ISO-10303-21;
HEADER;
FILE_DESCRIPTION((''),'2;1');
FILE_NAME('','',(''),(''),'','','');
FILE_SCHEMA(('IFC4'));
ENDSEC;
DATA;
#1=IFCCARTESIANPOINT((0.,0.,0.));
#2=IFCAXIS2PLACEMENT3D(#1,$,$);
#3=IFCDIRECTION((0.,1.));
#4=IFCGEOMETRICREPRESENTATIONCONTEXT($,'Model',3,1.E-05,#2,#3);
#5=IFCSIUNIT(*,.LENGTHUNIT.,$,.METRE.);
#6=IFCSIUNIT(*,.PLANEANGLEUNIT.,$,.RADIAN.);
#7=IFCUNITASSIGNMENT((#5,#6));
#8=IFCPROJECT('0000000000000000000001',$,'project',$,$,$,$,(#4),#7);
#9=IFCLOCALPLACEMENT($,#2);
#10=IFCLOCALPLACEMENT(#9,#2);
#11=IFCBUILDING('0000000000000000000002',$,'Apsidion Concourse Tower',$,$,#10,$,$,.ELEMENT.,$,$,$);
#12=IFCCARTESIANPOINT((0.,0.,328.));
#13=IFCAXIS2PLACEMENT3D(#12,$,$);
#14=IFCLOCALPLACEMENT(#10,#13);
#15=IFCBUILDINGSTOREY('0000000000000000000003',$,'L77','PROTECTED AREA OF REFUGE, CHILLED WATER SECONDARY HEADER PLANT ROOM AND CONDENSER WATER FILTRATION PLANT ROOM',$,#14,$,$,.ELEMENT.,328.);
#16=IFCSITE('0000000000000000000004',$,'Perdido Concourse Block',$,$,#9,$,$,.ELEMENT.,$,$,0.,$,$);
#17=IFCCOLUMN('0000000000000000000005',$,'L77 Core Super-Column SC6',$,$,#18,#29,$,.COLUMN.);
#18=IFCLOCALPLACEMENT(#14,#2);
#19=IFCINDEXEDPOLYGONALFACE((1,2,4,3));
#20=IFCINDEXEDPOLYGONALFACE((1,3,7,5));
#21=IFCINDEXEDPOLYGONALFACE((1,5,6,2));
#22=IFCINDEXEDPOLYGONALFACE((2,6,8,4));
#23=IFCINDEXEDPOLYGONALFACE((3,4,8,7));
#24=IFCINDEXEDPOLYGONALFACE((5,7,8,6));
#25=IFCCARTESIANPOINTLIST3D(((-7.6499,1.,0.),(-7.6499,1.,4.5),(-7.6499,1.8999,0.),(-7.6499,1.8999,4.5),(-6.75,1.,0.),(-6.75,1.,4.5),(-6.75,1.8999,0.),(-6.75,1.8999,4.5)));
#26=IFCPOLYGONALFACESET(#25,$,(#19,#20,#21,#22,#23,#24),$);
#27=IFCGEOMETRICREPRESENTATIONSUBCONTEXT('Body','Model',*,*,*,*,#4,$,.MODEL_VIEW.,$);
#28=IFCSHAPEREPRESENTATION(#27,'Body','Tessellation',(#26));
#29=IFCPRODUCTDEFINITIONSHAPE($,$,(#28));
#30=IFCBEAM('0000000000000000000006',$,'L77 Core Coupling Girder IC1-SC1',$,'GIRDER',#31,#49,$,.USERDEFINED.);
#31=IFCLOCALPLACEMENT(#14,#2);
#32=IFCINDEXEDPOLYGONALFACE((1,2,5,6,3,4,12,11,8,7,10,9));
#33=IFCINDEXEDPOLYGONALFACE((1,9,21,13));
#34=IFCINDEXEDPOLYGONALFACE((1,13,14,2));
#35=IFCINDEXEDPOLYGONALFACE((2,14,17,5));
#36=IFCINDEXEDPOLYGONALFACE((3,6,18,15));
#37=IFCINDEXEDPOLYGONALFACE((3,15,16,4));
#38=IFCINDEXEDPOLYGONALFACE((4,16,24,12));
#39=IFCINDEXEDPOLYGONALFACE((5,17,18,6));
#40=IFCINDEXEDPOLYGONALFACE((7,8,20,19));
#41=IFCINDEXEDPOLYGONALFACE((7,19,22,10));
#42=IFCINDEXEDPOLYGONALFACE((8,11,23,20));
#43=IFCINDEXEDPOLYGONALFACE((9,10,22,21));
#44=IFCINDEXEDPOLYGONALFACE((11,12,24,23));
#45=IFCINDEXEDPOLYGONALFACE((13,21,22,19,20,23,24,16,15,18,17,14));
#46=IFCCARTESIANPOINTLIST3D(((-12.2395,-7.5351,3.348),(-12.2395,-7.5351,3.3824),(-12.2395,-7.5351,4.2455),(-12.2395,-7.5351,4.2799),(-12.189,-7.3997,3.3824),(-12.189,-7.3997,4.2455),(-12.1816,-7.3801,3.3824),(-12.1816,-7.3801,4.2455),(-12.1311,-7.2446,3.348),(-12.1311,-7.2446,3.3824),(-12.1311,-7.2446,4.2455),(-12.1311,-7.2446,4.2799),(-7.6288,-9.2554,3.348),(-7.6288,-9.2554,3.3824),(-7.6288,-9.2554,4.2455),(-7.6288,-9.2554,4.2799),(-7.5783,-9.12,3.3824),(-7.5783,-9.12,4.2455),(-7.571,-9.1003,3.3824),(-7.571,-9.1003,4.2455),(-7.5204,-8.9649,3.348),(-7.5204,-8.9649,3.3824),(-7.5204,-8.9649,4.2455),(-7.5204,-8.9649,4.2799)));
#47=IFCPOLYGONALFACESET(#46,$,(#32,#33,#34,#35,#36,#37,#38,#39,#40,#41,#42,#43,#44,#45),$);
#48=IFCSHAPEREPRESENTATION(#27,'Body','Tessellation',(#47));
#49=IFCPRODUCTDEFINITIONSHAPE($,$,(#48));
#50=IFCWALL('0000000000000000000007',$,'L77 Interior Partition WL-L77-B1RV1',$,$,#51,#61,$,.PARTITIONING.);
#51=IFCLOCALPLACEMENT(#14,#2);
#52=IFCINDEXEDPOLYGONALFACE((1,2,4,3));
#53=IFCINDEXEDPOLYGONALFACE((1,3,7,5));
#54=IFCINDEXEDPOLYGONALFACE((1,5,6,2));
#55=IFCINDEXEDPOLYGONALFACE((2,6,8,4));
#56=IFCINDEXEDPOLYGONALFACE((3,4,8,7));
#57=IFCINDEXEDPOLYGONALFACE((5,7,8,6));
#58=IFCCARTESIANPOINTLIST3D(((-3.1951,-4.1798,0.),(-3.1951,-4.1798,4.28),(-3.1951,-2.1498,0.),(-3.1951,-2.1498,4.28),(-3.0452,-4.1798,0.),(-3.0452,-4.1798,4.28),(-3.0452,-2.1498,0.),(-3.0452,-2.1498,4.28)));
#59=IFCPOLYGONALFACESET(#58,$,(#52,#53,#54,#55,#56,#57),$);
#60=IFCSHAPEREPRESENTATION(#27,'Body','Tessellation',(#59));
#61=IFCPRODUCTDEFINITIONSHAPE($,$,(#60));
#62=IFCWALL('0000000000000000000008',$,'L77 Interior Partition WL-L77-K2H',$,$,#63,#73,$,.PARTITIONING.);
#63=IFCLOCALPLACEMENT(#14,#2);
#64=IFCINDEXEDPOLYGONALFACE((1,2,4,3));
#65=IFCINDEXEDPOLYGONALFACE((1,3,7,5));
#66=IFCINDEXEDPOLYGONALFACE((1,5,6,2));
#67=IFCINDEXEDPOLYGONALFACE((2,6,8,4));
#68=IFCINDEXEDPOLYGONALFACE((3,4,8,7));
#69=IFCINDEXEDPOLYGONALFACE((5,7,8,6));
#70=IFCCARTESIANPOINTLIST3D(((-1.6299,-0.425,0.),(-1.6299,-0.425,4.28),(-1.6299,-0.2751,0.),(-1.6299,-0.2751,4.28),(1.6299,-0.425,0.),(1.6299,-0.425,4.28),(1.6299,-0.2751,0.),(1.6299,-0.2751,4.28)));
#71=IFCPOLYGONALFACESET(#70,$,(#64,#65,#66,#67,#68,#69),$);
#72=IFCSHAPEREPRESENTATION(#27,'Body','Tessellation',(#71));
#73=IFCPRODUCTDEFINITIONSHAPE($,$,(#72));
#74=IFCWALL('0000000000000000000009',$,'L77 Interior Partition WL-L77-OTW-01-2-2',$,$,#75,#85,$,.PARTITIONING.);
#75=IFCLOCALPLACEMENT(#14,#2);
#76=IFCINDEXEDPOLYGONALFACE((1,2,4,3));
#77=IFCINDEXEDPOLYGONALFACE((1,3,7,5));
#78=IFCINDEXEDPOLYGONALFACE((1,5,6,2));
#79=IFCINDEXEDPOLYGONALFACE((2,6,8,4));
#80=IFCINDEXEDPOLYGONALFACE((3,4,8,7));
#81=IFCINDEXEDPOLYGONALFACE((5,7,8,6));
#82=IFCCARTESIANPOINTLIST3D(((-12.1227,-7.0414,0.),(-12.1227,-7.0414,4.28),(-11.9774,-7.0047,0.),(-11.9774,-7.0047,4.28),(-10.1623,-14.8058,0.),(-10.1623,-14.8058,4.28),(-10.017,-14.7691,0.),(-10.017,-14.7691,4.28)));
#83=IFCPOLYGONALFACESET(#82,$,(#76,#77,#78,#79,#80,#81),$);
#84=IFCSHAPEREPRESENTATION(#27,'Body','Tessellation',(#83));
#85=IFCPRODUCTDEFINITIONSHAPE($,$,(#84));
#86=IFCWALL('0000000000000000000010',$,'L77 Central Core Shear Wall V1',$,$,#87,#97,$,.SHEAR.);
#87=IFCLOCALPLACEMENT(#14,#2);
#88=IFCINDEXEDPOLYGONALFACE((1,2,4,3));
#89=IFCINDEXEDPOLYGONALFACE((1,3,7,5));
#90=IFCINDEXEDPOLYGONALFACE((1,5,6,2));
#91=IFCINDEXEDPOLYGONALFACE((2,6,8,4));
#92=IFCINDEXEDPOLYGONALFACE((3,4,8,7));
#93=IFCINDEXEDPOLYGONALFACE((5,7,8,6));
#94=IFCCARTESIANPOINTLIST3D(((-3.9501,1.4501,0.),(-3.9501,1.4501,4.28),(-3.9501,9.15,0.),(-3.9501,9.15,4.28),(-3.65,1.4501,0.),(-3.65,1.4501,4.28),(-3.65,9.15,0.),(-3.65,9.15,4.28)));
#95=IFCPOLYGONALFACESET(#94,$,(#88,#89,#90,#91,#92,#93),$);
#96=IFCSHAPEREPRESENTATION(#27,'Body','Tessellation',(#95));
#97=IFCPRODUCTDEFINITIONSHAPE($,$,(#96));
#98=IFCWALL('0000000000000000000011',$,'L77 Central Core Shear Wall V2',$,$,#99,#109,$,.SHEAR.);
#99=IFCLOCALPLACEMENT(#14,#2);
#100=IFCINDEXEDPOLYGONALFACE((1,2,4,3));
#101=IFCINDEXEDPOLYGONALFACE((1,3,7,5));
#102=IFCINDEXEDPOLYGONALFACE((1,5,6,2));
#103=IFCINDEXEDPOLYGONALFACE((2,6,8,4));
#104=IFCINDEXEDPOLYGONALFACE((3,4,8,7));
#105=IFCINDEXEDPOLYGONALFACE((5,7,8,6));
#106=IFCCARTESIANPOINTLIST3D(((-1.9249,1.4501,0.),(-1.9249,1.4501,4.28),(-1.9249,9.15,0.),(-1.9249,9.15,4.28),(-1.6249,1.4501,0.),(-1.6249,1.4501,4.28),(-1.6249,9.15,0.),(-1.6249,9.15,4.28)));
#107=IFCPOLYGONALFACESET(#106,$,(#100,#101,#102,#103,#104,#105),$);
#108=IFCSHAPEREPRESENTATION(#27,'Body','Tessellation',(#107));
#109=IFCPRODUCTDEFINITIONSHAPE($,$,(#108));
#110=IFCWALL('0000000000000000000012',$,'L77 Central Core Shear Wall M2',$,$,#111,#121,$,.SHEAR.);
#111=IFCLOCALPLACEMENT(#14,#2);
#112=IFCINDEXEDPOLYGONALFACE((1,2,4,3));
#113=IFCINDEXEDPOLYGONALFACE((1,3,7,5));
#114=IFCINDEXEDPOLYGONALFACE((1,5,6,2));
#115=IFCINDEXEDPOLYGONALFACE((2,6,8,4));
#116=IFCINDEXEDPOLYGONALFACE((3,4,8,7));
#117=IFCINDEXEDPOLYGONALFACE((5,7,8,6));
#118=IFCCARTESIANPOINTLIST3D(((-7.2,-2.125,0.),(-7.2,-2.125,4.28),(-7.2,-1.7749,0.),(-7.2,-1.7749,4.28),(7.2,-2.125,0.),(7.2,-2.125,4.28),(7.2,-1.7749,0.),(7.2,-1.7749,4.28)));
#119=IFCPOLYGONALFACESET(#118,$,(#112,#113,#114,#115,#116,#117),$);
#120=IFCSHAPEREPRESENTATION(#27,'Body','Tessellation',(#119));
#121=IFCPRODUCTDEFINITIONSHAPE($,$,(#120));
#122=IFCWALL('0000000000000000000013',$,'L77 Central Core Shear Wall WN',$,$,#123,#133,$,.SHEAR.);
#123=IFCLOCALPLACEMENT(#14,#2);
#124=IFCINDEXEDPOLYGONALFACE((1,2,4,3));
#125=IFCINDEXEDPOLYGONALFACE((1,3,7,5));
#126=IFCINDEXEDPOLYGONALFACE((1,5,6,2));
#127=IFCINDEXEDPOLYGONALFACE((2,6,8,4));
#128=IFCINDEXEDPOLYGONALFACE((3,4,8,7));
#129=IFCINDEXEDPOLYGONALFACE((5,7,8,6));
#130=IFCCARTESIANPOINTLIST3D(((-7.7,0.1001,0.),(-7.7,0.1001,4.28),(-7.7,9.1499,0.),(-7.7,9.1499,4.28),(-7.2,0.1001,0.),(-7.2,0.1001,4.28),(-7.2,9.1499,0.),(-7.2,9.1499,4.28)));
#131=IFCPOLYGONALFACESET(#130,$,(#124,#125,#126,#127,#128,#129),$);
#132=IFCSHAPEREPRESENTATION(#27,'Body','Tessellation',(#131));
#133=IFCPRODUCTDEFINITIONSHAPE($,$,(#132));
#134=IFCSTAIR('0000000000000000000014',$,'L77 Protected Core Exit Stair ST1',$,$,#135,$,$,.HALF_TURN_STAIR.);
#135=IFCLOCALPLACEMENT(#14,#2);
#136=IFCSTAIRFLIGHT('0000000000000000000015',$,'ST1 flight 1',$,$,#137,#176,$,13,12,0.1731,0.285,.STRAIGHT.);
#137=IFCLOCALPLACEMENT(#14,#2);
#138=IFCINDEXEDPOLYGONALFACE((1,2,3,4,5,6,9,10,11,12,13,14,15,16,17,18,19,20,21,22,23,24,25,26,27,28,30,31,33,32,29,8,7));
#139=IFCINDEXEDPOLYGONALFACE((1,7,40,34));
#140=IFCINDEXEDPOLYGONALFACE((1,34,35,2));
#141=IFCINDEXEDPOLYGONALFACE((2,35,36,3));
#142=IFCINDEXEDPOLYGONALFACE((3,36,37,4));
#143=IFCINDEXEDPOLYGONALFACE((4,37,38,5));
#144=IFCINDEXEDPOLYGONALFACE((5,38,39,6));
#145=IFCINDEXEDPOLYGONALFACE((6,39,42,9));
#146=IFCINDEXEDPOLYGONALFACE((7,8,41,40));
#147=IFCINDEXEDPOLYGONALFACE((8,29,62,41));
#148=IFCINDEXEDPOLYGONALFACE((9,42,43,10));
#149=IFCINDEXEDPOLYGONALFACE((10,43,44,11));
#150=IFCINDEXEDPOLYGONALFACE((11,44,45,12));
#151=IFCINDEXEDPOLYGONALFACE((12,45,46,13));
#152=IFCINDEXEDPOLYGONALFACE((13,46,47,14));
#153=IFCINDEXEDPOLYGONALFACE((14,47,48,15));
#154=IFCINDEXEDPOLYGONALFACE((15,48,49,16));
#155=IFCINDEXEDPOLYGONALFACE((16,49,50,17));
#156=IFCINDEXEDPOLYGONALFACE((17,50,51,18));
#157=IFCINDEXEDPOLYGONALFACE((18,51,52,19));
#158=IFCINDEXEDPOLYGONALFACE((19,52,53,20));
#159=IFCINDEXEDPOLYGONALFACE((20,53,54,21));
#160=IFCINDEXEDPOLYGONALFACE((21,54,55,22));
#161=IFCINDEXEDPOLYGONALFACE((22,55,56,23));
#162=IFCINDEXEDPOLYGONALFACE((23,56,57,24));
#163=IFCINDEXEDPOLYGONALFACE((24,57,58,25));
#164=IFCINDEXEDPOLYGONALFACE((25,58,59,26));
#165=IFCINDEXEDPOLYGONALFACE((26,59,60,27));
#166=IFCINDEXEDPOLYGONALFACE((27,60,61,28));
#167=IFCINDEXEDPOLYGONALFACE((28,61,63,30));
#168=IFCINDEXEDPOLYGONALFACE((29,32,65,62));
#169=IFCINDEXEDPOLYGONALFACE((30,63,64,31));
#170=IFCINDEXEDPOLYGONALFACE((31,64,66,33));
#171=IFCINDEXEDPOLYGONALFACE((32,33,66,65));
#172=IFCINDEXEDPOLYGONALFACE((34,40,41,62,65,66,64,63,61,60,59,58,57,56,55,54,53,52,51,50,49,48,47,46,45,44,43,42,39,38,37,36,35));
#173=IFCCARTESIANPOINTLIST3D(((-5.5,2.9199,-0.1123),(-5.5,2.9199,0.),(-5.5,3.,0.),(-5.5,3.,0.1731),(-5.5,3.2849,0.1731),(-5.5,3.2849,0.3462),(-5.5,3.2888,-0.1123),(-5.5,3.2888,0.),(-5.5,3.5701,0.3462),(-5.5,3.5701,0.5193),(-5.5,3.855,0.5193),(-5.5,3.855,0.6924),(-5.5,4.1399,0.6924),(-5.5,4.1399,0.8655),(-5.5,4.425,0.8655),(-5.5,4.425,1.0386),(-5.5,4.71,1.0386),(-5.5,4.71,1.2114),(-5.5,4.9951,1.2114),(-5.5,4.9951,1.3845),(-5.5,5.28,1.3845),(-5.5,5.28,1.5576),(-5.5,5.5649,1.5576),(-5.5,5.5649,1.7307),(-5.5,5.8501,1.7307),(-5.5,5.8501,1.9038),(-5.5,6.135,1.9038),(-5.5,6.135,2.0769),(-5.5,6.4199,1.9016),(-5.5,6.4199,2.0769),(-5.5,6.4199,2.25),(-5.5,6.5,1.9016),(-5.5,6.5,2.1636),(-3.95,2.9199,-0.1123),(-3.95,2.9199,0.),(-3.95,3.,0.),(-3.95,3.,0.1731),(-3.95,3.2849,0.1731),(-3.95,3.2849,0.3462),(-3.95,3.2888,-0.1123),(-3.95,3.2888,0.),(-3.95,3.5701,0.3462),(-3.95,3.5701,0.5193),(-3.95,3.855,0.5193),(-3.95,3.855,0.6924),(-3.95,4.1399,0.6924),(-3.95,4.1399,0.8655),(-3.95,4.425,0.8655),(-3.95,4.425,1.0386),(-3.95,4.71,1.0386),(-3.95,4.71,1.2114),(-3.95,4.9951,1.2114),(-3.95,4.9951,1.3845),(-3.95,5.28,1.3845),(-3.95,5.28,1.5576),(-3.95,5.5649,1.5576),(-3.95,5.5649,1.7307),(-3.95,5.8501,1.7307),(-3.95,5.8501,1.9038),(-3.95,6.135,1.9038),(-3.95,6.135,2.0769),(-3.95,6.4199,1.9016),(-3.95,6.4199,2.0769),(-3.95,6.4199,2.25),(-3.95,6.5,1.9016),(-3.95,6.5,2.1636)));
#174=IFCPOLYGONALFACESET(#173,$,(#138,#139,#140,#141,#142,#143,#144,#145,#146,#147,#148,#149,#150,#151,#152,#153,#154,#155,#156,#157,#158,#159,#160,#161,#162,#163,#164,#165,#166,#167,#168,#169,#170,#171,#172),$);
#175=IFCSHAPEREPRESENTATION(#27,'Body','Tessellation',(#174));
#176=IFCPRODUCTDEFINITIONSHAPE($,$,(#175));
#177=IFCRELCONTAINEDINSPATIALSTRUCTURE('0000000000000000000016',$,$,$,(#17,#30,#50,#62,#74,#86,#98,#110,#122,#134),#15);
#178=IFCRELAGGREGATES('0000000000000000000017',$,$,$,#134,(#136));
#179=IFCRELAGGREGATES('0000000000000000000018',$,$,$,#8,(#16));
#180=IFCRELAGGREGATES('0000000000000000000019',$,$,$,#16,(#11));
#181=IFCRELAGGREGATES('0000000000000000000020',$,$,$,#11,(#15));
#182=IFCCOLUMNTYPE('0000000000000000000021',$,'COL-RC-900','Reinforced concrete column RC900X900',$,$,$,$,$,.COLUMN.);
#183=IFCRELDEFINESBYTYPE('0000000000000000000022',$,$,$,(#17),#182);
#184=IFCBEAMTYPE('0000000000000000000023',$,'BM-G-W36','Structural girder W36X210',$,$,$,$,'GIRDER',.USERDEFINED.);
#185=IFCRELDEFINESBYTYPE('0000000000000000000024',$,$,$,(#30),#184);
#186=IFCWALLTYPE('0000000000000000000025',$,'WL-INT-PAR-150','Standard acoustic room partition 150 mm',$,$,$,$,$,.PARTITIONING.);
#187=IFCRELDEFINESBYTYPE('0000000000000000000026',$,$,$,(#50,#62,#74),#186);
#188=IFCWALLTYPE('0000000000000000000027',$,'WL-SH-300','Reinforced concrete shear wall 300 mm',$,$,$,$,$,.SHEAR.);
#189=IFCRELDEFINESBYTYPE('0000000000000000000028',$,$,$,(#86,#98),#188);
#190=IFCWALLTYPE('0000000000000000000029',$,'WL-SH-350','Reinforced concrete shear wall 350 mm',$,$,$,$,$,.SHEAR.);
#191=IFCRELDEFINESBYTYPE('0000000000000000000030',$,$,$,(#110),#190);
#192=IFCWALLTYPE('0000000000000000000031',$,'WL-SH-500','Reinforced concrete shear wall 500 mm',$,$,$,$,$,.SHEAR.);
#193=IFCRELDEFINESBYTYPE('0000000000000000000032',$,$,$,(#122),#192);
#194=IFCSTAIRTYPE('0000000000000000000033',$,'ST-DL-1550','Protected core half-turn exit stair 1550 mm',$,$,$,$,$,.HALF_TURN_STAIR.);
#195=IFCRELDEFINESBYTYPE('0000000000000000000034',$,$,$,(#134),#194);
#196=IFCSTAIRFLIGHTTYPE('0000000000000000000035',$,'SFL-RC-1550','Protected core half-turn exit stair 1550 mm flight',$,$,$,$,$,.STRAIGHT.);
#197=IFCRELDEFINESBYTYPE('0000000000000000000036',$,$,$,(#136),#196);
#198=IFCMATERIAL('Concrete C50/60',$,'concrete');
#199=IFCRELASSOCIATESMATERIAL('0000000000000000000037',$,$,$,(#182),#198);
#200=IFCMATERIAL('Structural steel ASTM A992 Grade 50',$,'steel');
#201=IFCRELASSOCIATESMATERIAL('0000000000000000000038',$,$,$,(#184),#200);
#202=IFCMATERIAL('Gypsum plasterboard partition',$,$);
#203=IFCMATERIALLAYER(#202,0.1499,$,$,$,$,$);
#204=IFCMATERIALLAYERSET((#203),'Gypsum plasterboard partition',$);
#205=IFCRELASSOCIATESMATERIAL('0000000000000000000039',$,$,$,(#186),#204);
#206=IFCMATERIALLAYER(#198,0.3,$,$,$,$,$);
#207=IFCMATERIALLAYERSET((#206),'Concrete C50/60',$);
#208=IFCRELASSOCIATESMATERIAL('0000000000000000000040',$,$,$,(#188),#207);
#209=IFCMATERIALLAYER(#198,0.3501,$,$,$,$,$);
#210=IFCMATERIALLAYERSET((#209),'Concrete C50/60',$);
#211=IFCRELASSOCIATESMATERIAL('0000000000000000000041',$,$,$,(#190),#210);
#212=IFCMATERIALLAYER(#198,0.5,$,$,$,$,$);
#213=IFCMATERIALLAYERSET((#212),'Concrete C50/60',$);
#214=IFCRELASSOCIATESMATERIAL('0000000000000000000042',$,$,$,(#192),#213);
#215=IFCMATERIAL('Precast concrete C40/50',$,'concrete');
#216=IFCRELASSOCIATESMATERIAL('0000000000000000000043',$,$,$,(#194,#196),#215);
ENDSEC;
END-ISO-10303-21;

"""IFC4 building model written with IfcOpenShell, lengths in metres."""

from ifc_helpers import new_model, si_unit, direction, frame, frame_2d, origin, origin_2d, place, context, subcontext, project, spatial, polyline, rectangle, i_section, outline, extrude, material, layer, layer_set, material_profile, profile_set, type_object, element, aggregate, save


model = new_model("IFC4")

# Units and contexts
model_context = context("Model", 3, precision=1e-05, world=origin(), true_north=direction((0.0, 1.0)))
body_context = subcontext(model_context, "Body", "Model", "MODEL_VIEW")
ifc_project = project(units=[si_unit("LENGTHUNIT", "METRE"), si_unit("PLANEANGLEUNIT", "RADIAN")], contexts=[model_context])

# Site, building, storey
site_placement = place(None, origin())
site = spatial("IfcSite", under=ifc_project, at=site_placement, Name="Perdido Concourse Block", CompositionType="ELEMENT", RefElevation=0.0)
building_placement = place(site_placement, origin())
building = spatial("IfcBuilding", under=site, at=building_placement, Name="Apsidion Concourse Tower", CompositionType="ELEMENT")
storey_placement = place(building_placement, frame((0.0, 0.0, 328.0)))
storey = spatial("IfcBuildingStorey", under=building, at=storey_placement, Name="L77", Description="PROTECTED AREA OF REFUGE, CHILLED WATER SECONDARY HEADER PLANT ROOM AND CONDENSER WATER FILTRATION PLANT ROOM", CompositionType="ELEMENT", Elevation=328.0)

# Column
ifc_material_1 = material(Name="Concrete C50/60", Category="concrete")
ifc_material_profile_1 = material_profile(ifc_material_1, rectangle(XDim=0.8999, YDim=0.8999, at=origin_2d()), Name="RC 900x900")
ifc_profile_set_1 = profile_set([ifc_material_profile_1], Name="Concrete C50/60")
column_type = type_object("IfcColumnType", Name="COL-RC-900", Description="Reinforced concrete column RC900X900", PredefinedType="COLUMN", material=ifc_profile_set_1)
column_placement = place(storey_placement, frame((-7.2, 1.45, 0.0), z_axis=(0.0, 0.0, 1.0), x_axis=(1.0, 0.0, 0.0)))
element("IfcColumn", 1, at=column_placement, inside=storey, type_object=column_type, Name="L77 Core Super-Column SC6", PredefinedType="COLUMN", context=body_context, shape_type="SweptSolid", body=[
    extrude(rectangle(XDim=0.8999, YDim=0.8999, at=origin_2d()), origin(), (0.0, 0.0, 1.0), 4.5),
])

# Beam
ifc_material_2 = material(Name="Structural steel ASTM A992 Grade 50", Category="steel")
ifc_material_profile_2 = material_profile(ifc_material_2, i_section(OverallWidth=0.3101, OverallDepth=0.9319, WebThickness=0.021, FlangeThickness=0.0344, at=origin_2d()), Name="W36X210")
ifc_profile_set_2 = profile_set([ifc_material_profile_2], Name="Structural steel ASTM A992 Grade 50")
beam_type = type_object("IfcBeamType", Name="BM-G-W36", Description="Structural girder W36X210", ElementType="GIRDER", PredefinedType="USERDEFINED", material=ifc_profile_set_2)
beam_placement = place(storey_placement, frame((-12.1853, -7.3899, 3.814), z_axis=(0.936913, -0.349563, 0.0), x_axis=(0.349563, 0.936913, 0.0)))
element("IfcBeam", 2, at=beam_placement, inside=storey, type_object=beam_type, Name="L77 Core Coupling Girder IC1-SC1", ObjectType="GIRDER", PredefinedType="USERDEFINED", context=body_context, shape_type="SweptSolid", body=[
    extrude(i_section(OverallWidth=0.3101, OverallDepth=0.9319, WebThickness=0.021, FlangeThickness=0.0344, at=origin_2d()), origin(), (0.0, 0.0, 1.0), 4.9211),
])

# Walls
ifc_material_3 = material(Name="Gypsum plasterboard partition")
ifc_layer_1 = layer(ifc_material_3, 0.1499)
ifc_layer_set_1 = layer_set([ifc_layer_1], Name="Gypsum plasterboard partition")
wall_type_1 = type_object("IfcWallType", Name="WL-INT-PAR-150", Description="Standard acoustic room partition 150 mm", PredefinedType="PARTITIONING", material=ifc_layer_set_1)
wall_1_placement = place(storey_placement, frame((-3.1201, -4.1799, 0.0), z_axis=(0.0, 0.0, 1.0), x_axis=(0.0, 1.0, 0.0)))
element("IfcWall", 3, at=wall_1_placement, inside=storey, type_object=wall_type_1, Name="L77 Interior Partition WL-L77-B1RV1", PredefinedType="PARTITIONING", context=body_context, shape_type="SweptSolid", body=[
    extrude(rectangle(XDim=2.03, YDim=0.1499, at=frame_2d((1.0151, 0.0))), origin(), (0.0, 0.0, 1.0), 4.28),
])
wall_2_placement = place(storey_placement, frame((-1.6299, -0.3501, 0.0), z_axis=(0.0, 0.0, 1.0), x_axis=(1.0, 0.0, 0.0)))
element("IfcWall", 4, at=wall_2_placement, inside=storey, type_object=wall_type_1, Name="L77 Interior Partition WL-L77-K2H", PredefinedType="PARTITIONING", context=body_context, shape_type="SweptSolid", body=[
    extrude(rectangle(XDim=3.2598, YDim=0.1499, at=frame_2d((1.6299, 0.0))), origin(), (0.0, 0.0, 1.0), 4.28),
])
wall_3_placement = place(storey_placement, frame((-12.05, -7.0232, 0.0), z_axis=(0.0, 0.0, 1.0), x_axis=(0.244809, -0.969571, 0.0)))
element("IfcWall", 5, at=wall_3_placement, inside=storey, type_object=wall_type_1, Name="L77 Interior Partition WL-L77-OTW-01-2-2", PredefinedType="PARTITIONING", context=body_context, shape_type="SweptSolid", body=[
    extrude(rectangle(XDim=8.0081, YDim=0.1499, at=frame_2d((4.0039, 0.0))), origin(), (0.0, 0.0, 1.0), 4.28),
])

# Walls
ifc_layer_2 = layer(ifc_material_1, 0.3)
ifc_layer_set_2 = layer_set([ifc_layer_2], Name="Concrete C50/60")
wall_type_2 = type_object("IfcWallType", Name="WL-SH-300", Description="Reinforced concrete shear wall 300 mm", PredefinedType="SHEAR", material=ifc_layer_set_2)
for number, where, z_axis, x_axis, name in (
    (6, (-3.8, 1.45, 0.0), (0.0, 0.0, 1.0), (0.0, 1.0, 0.0), "L77 Central Core Shear Wall V1"),
    (7, (-1.7749, 1.45, 0.0), (0.0, 0.0, 1.0), (0.0, 1.0, 0.0), "L77 Central Core Shear Wall V2"),
):
    element("IfcWall", number, at=place(storey_placement, frame(where, z_axis=z_axis, x_axis=x_axis)), inside=storey, type_object=wall_type_2, Name=name, PredefinedType="SHEAR", context=body_context, shape_type="SweptSolid", body=[
        extrude(rectangle(XDim=7.7, YDim=0.3, at=frame_2d((3.8501, 0.0))), origin(), (0.0, 0.0, 1.0), 4.28),
    ])

# Shared definitions
ifc_layer_3 = layer(ifc_material_1, 0.3501)
ifc_layer_set_3 = layer_set([ifc_layer_3], Name="Concrete C50/60")
wall_type_3 = type_object("IfcWallType", Name="WL-SH-350", Description="Reinforced concrete shear wall 350 mm", PredefinedType="SHEAR", material=ifc_layer_set_3)

# Wall
wall_4_placement = place(storey_placement, frame((-7.2, -1.95, 0.0), z_axis=(0.0, 0.0, 1.0), x_axis=(1.0, 0.0, 0.0)))
element("IfcWall", 8, at=wall_4_placement, inside=storey, type_object=wall_type_3, Name="L77 Central Core Shear Wall M2", PredefinedType="SHEAR", context=body_context, shape_type="SweptSolid", body=[
    extrude(rectangle(XDim=14.3999, YDim=0.3501, at=frame_2d((7.2, 0.0))), origin(), (0.0, 0.0, 1.0), 4.28),
])

# Wall
ifc_layer_4 = layer(ifc_material_1, 0.5)
ifc_layer_set_4 = layer_set([ifc_layer_4], Name="Concrete C50/60")
wall_type_4 = type_object("IfcWallType", Name="WL-SH-500", Description="Reinforced concrete shear wall 500 mm", PredefinedType="SHEAR", material=ifc_layer_set_4)
wall_5_placement = place(storey_placement, frame((-7.45, 0.1001, 0.0), z_axis=(0.0, 0.0, 1.0), x_axis=(0.0, 1.0, 0.0)))
element("IfcWall", 9, at=wall_5_placement, inside=storey, type_object=wall_type_4, Name="L77 Central Core Shear Wall WN", PredefinedType="SHEAR", context=body_context, shape_type="SweptSolid", body=[
    extrude(rectangle(XDim=9.0498, YDim=0.5, at=frame_2d((4.5249, 0.0))), origin(), (0.0, 0.0, 1.0), 4.28),
])

# Stair, stair flight
ifc_material_4 = material(Name="Precast concrete C40/50", Category="concrete")
stair_type = type_object("IfcStairType", Name="ST-DL-1550", Description="Protected core half-turn exit stair 1550 mm", PredefinedType="HALF_TURN_STAIR", material=ifc_material_4)
stair_placement = place(storey_placement, origin())
stair = element("IfcStair", 10, at=stair_placement, inside=storey, type_object=stair_type, Name="L77 Protected Core Exit Stair ST1", PredefinedType="HALF_TURN_STAIR")
stair_flight_type = type_object("IfcStairFlightType", Name="SFL-RC-1550", Description="Protected core half-turn exit stair 1550 mm flight", PredefinedType="STRAIGHT", material=ifc_material_4)
stair_flight_placement = place(storey_placement, frame((-4.7251, 3.0, 0.0), z_axis=(0.0, 0.0, 1.0), x_axis=(0.0, 1.0, 0.0)))
stair_flight = element("IfcStairFlight", 11, at=stair_flight_placement, type_object=stair_flight_type, Name="ST1 flight 1", NumberOfRisers=13, NumberOfTreads=12, PredefinedType="STRAIGHT", RiserHeight=0.1731, TreadLength=0.285, context=body_context, shape_type="SweptSolid", body=[
    extrude(outline(polyline([(-0.0801, -0.1123), (-0.0801, 0.0), (0.0, 0.0), (0.0, 0.1731), (0.2849, 0.1731), (0.2849, 0.3462), (0.5701, 0.3462), (0.5701, 0.5193), (0.855, 0.5193), (0.855, 0.6924), (1.1399, 0.6924), (1.1399, 0.8655), (1.425, 0.8655), (1.425, 1.0386), (1.71, 1.0386), (1.71, 1.2114), (1.9951, 1.2114), (1.9951, 1.3845), (2.28, 1.3845), (2.28, 1.5576), (2.5649, 1.5576), (2.5649, 1.7307), (2.8501, 1.7307), (2.8501, 1.9038), (3.135, 1.9038), (3.135, 2.0769), (3.4199, 2.0769), (3.4199, 2.25), (3.5, 2.1636), (3.5, 1.9016), (3.4199, 1.9016), (0.2888, 0.0), (0.2888, -0.1123), (-0.0801, -0.1123)])), frame((0.0, 0.7749, 0.0), z_axis=(0.0, -1.0, 0.0), x_axis=(1.0, 0.0, 0.0)), (0.0, 0.0, 1.0), 1.55),
])
aggregate(stair, [stair_flight])

save(model, "model.ifc")
